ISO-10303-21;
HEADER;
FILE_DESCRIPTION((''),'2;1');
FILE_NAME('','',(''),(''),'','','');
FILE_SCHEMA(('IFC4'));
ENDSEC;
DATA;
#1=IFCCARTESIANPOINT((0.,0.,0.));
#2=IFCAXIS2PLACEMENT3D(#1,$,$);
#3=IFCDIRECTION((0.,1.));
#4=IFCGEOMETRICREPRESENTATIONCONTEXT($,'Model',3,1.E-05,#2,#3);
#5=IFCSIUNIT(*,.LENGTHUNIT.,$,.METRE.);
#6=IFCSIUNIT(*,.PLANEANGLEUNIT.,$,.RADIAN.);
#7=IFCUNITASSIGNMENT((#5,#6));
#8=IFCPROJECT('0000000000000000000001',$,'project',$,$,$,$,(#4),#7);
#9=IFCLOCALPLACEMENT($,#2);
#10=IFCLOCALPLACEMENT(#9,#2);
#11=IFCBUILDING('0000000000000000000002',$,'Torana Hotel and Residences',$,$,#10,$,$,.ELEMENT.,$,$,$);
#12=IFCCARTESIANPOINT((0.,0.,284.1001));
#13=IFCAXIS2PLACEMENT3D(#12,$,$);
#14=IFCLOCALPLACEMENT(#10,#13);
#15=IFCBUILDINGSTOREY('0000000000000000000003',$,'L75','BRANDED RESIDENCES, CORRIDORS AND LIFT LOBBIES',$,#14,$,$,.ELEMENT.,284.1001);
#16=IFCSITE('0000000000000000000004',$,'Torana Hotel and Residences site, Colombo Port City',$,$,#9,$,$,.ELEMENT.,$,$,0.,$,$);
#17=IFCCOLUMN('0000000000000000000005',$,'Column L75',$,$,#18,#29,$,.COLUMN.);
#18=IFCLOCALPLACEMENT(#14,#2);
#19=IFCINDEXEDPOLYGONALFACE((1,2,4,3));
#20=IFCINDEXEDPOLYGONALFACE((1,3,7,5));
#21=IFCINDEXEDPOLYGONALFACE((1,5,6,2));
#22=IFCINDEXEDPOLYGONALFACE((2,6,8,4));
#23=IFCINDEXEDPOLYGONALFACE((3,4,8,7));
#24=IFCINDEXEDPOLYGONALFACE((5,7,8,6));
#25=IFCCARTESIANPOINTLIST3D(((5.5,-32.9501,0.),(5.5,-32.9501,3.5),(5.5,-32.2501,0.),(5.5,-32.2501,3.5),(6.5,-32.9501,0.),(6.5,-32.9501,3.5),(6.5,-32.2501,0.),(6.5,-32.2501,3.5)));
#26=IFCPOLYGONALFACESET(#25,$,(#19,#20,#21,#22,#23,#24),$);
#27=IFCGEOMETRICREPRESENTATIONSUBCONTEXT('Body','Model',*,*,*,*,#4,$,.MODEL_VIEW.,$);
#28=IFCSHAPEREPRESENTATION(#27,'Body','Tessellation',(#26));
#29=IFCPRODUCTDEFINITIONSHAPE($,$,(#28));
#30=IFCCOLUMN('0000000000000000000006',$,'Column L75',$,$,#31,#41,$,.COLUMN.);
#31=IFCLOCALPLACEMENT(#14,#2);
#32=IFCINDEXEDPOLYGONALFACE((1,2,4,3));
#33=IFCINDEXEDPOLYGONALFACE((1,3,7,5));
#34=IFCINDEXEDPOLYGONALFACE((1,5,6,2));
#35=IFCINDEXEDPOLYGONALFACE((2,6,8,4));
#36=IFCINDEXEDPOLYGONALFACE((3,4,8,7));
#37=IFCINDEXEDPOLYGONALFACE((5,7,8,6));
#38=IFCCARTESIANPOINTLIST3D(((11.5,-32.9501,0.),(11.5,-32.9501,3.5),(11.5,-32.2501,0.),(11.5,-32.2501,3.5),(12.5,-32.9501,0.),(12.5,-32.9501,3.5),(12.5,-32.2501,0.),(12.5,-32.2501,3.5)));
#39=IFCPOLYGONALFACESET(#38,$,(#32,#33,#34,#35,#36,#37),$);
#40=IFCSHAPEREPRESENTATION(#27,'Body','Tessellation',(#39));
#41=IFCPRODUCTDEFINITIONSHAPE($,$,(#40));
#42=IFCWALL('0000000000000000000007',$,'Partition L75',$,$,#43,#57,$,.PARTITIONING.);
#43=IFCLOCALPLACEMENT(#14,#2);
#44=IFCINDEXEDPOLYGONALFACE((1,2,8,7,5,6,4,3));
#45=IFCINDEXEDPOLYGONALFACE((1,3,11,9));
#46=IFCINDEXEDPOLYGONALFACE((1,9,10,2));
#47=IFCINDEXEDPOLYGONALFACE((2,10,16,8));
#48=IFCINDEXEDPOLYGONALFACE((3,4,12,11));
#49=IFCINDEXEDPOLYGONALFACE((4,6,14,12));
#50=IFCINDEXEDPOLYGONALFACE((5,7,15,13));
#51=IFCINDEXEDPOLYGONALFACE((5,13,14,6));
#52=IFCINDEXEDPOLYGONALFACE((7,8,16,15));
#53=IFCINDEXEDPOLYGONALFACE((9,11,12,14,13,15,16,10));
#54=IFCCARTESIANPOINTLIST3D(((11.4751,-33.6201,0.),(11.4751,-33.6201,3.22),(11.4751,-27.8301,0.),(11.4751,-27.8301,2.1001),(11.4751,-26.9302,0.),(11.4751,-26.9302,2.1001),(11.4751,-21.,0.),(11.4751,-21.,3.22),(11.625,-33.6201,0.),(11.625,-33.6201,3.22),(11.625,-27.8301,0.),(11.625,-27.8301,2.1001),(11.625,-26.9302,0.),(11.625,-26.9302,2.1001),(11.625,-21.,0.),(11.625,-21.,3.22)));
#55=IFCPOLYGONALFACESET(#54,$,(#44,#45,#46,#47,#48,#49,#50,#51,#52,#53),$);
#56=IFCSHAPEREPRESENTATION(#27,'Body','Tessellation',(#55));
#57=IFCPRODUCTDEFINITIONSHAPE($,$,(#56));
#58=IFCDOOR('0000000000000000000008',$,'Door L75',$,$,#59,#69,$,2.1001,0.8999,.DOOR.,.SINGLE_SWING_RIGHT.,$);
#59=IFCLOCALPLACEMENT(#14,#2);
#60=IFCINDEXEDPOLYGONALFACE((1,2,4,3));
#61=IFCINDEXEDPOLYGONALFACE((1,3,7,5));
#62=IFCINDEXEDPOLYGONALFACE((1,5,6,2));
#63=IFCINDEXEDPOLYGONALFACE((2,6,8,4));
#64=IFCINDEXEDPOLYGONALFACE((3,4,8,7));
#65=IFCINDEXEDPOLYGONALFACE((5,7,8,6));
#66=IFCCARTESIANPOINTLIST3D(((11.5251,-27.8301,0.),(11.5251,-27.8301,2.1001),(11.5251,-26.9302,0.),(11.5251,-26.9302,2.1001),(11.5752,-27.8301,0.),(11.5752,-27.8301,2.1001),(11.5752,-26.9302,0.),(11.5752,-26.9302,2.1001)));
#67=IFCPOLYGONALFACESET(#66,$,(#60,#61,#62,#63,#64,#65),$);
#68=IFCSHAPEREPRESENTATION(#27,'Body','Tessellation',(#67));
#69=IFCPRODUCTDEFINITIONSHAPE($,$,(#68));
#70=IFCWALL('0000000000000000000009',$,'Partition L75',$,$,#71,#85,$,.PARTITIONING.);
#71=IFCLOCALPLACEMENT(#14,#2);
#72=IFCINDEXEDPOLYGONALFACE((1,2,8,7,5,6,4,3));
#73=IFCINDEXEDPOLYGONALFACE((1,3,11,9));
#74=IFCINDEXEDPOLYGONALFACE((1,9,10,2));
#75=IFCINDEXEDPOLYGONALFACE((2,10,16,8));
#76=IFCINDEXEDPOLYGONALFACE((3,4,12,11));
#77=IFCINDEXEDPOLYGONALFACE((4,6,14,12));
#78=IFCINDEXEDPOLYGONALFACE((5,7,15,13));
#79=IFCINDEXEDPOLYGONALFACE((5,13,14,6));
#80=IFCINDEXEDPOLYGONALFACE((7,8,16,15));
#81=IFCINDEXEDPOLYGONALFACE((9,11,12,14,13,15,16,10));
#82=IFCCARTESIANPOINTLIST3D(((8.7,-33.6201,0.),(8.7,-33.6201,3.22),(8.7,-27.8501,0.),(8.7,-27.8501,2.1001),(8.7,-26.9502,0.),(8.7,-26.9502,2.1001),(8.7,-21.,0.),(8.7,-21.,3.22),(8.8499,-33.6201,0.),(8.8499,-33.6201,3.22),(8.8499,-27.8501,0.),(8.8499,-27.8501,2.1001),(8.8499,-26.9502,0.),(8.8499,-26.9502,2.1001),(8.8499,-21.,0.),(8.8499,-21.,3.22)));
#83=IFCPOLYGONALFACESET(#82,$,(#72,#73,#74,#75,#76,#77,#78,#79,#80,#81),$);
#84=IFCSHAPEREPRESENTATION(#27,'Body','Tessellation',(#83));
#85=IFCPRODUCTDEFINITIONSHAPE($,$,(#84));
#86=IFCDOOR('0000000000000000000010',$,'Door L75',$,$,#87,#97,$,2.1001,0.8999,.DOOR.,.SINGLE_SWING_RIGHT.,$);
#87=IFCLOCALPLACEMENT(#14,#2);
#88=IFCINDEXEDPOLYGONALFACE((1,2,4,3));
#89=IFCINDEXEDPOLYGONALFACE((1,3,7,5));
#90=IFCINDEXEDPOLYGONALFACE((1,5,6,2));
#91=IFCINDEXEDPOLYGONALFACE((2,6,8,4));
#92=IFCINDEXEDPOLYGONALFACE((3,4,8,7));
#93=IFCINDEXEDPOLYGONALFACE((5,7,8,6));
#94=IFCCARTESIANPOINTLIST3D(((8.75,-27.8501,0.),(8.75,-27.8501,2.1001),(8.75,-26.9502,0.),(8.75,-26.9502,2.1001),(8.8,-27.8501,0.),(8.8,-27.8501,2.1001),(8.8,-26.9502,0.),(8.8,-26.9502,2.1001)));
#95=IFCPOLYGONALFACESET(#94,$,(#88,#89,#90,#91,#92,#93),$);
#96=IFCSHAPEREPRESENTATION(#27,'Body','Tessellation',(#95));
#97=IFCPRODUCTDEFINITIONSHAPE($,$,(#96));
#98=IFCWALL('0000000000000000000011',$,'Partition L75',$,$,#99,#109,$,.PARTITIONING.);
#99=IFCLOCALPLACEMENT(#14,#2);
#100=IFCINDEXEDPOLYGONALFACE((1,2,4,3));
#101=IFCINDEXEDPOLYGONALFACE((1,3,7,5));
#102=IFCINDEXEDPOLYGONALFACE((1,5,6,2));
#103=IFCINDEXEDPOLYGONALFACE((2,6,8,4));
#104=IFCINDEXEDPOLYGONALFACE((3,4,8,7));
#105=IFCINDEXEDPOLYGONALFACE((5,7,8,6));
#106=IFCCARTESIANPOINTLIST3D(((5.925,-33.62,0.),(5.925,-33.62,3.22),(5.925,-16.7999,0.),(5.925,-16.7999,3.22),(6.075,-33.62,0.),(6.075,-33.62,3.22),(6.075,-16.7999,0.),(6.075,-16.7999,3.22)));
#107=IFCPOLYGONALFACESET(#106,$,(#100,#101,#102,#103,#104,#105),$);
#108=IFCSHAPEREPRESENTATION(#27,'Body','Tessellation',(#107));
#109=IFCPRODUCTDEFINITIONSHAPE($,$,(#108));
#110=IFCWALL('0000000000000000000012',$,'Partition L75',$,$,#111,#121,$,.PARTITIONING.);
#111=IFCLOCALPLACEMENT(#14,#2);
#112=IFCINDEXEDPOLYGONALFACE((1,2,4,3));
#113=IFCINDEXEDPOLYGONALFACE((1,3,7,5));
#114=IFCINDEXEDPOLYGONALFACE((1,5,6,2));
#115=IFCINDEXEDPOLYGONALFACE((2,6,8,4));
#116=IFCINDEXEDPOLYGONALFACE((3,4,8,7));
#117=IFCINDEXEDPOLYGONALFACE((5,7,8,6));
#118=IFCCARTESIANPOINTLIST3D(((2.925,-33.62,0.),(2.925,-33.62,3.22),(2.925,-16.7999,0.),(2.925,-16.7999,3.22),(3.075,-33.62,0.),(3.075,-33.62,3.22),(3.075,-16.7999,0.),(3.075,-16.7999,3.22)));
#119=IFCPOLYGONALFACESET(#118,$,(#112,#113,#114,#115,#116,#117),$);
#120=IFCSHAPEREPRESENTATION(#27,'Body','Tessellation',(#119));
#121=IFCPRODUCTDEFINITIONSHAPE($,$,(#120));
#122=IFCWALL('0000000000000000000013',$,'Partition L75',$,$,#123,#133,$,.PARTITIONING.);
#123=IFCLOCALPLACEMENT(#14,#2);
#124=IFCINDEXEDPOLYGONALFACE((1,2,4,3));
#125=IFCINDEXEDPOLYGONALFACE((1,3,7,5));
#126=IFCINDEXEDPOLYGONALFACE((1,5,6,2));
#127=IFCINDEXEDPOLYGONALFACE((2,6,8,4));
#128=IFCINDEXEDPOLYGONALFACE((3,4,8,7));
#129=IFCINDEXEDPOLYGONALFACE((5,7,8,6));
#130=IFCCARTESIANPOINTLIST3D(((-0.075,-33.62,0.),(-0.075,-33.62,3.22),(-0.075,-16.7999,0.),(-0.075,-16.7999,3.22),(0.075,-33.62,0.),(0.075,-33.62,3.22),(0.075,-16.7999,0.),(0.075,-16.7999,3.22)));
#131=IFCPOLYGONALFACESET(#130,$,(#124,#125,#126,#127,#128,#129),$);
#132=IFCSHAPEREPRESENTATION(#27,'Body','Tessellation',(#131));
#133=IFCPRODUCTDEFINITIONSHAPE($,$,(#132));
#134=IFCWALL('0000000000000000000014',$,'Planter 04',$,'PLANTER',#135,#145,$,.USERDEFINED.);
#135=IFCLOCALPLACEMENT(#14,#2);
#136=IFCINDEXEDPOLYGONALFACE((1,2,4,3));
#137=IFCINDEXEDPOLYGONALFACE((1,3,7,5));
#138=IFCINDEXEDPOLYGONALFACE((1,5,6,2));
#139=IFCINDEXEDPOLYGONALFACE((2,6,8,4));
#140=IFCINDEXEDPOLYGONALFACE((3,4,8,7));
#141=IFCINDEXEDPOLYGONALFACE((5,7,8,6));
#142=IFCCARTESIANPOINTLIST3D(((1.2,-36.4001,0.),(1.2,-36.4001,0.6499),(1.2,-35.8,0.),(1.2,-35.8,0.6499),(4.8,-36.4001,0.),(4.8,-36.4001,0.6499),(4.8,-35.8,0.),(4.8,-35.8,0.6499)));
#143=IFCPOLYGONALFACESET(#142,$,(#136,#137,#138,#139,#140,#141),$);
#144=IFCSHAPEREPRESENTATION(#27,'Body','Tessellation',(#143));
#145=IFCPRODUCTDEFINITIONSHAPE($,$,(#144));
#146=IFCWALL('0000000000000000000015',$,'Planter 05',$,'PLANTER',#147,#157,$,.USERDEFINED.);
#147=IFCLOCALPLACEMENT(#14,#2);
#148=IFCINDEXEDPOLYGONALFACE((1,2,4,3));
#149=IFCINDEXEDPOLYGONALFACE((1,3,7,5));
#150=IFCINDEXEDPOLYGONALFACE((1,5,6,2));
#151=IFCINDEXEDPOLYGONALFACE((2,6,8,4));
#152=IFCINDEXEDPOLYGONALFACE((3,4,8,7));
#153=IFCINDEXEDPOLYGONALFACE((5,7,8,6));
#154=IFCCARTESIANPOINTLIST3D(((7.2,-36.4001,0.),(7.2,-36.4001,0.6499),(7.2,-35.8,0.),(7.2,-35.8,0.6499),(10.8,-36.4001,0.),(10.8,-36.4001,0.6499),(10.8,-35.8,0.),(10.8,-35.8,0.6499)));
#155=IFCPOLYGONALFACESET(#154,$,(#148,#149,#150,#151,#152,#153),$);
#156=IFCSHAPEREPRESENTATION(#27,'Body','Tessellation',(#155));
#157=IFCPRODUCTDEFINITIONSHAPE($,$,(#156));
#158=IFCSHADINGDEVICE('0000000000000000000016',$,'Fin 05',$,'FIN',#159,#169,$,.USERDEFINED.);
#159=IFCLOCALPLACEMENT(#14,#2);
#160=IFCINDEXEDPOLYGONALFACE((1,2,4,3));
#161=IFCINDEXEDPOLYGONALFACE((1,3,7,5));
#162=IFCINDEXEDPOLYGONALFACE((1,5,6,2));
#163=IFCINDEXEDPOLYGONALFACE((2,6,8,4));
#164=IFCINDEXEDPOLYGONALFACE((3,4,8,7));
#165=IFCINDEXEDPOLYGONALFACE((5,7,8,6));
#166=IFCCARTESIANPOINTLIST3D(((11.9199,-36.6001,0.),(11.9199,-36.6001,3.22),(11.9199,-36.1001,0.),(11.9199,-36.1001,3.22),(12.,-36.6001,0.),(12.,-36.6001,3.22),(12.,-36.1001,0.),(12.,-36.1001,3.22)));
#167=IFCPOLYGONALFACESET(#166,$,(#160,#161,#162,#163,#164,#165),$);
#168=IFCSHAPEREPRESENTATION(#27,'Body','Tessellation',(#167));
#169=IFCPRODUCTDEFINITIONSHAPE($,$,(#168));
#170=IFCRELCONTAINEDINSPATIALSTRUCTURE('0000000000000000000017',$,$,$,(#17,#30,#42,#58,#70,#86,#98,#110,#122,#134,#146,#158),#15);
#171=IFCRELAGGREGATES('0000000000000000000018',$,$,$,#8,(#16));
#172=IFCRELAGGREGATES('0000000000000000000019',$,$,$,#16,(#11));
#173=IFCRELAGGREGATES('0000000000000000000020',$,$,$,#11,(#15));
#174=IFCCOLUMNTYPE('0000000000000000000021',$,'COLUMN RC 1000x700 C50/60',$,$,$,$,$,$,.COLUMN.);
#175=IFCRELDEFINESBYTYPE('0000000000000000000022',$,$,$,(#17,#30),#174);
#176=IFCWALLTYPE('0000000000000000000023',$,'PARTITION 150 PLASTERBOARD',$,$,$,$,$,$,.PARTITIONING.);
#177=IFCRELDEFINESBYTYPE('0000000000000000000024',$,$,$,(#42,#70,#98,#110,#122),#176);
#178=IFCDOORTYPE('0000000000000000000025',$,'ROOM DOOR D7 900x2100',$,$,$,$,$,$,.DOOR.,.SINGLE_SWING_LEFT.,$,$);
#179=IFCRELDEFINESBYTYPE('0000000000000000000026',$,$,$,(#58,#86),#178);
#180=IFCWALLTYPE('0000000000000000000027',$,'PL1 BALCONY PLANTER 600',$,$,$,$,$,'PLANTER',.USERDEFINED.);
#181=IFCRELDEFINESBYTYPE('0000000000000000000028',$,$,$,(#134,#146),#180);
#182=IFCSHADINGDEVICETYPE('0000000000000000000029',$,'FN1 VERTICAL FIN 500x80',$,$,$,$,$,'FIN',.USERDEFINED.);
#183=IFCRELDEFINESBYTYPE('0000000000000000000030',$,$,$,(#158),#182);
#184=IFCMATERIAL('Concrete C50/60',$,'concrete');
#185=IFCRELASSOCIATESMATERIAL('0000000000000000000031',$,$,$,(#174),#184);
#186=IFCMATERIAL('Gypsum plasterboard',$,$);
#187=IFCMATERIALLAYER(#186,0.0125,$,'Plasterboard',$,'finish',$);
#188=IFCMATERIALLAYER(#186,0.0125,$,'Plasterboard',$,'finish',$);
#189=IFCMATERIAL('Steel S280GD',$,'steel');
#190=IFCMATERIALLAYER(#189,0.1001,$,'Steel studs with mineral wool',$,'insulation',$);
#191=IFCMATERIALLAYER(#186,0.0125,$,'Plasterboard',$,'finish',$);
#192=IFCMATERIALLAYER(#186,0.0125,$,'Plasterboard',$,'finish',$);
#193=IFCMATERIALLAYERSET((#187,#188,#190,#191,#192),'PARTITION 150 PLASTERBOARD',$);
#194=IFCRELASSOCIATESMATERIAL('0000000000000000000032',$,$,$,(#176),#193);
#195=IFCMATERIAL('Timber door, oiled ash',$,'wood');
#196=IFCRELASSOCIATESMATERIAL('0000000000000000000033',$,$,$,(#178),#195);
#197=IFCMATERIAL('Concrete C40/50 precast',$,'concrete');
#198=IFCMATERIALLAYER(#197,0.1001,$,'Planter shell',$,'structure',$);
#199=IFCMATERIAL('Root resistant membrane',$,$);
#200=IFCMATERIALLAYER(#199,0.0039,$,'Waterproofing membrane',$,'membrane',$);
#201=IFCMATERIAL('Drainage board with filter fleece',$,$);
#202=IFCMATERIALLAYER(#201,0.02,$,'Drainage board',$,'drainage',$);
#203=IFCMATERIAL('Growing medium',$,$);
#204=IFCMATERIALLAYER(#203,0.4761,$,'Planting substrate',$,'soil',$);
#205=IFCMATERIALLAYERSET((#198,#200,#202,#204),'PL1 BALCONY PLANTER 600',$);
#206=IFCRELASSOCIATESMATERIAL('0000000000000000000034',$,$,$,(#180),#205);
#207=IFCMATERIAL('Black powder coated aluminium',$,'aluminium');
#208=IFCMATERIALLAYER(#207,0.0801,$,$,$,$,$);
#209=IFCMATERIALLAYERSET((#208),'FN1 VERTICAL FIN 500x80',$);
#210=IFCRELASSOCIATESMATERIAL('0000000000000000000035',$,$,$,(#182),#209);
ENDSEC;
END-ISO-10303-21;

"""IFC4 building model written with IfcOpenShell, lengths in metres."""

from ifc_helpers import new_model, si_unit, direction, frame, frame_2d, origin, origin_2d, place, context, subcontext, project, spatial, rectangle, extrude, material, layer, layer_set, material_profile, profile_set, type_object, element, fill, save


model = new_model("IFC4")

# Units and contexts
model_context = context("Model", 3, precision=1e-05, world=origin(), true_north=direction((0.0, 1.0)))
body_context = subcontext(model_context, "Body", "Model", "MODEL_VIEW")
ifc_project = project(units=[si_unit("LENGTHUNIT", "METRE"), si_unit("PLANEANGLEUNIT", "RADIAN")], contexts=[model_context])

# Site, building, storey
site_placement = place(None, origin())
site = spatial("IfcSite", under=ifc_project, at=site_placement, Name="Torana Hotel and Residences site, Colombo Port City", CompositionType="ELEMENT", RefElevation=0.0)
building_placement = place(site_placement, origin())
building = spatial("IfcBuilding", under=site, at=building_placement, Name="Torana Hotel and Residences", CompositionType="ELEMENT")
storey_placement = place(building_placement, frame((0.0, 0.0, 284.1001)))
storey = spatial("IfcBuildingStorey", under=building, at=storey_placement, Name="L75", Description="BRANDED RESIDENCES, CORRIDORS AND LIFT LOBBIES", CompositionType="ELEMENT", Elevation=284.1001)

# Columns
ifc_material_1 = material(Name="Concrete C50/60", Category="concrete")
ifc_material_profile = material_profile(ifc_material_1, rectangle(XDim=1.0, YDim=0.7, at=origin_2d()), Name="RC 1000x700")
ifc_profile_set = profile_set([ifc_material_profile], Name="Concrete C50/60")
column_type = type_object("IfcColumnType", Name="COLUMN RC 1000x700 C50/60", PredefinedType="COLUMN", material=ifc_profile_set)
for number, where, z_axis, x_axis, name in (
    (1, (6.0, -32.6001, 0.0), (0.0, 0.0, 1.0), (1.0, 0.0, 0.0), "Column L75"),
    (2, (12.0, -32.6001, 0.0), (0.0, 0.0, 1.0), (1.0, 0.0, 0.0), "Column L75"),
):
    element("IfcColumn", number, at=place(storey_placement, frame(where, z_axis=z_axis, x_axis=x_axis)), inside=storey, type_object=column_type, Name=name, PredefinedType="COLUMN", context=body_context, shape_type="SweptSolid", body=[
        extrude(rectangle(XDim=1.0, YDim=0.7, at=origin_2d()), origin(), (0.0, 0.0, 1.0), 3.5),
    ])

# Walls, openings, doors
ifc_material_2 = material(Name="Gypsum plasterboard")
ifc_layer_1 = layer(ifc_material_2, 0.0125, Name="Plasterboard", Category="finish")
ifc_layer_2 = layer(ifc_material_2, 0.0125, Name="Plasterboard", Category="finish")
ifc_material_3 = material(Name="Steel S280GD", Category="steel")
ifc_layer_3 = layer(ifc_material_3, 0.1001, Name="Steel studs with mineral wool", Category="insulation")
ifc_layer_4 = layer(ifc_material_2, 0.0125, Name="Plasterboard", Category="finish")
ifc_layer_5 = layer(ifc_material_2, 0.0125, Name="Plasterboard", Category="finish")
ifc_layer_set_1 = layer_set([ifc_layer_1, ifc_layer_2, ifc_layer_3, ifc_layer_4, ifc_layer_5], Name="PARTITION 150 PLASTERBOARD")
wall_type_1 = type_object("IfcWallType", Name="PARTITION 150 PLASTERBOARD", PredefinedType="PARTITIONING", material=ifc_layer_set_1)
wall_1_placement = place(storey_placement, frame((11.55, -33.6201, 0.0), z_axis=(0.0, 0.0, 1.0), x_axis=(0.0, 1.0, 0.0)))
wall_1 = element("IfcWall", 3, at=wall_1_placement, inside=storey, type_object=wall_type_1, Name="Partition L75", PredefinedType="PARTITIONING", context=body_context, shape_type="SweptSolid", body=[
    extrude(rectangle(XDim=12.6201, YDim=0.1499, at=frame_2d((6.3101, 0.0))), origin(), (0.0, 0.0, 1.0), 3.22),
])
opening_1_placement = place(wall_1_placement, frame((5.79, 0.0, 0.0)))
opening_1 = element("IfcOpeningElement", 4, at=opening_1_placement, cuts=wall_1, PredefinedType="OPENING", context=body_context, shape_type="SweptSolid", body=[
    extrude(rectangle(XDim=0.8999, YDim=2.1001, at=frame_2d((0.45, 1.05))), frame((0.0, 0.085, 0.0), z_axis=(0.0, -1.0, 0.0), x_axis=(1.0, 0.0, 0.0)), (0.0, 0.0, 1.0), 0.1699),
])
ifc_material_4 = material(Name="Timber door, oiled ash", Category="wood")
door_type = type_object("IfcDoorType", Name="ROOM DOOR D7 900x2100", OperationType="SINGLE_SWING_LEFT", PredefinedType="DOOR", material=ifc_material_4)
door_1_placement = place(opening_1_placement, origin())
door_1 = element("IfcDoor", 5, at=door_1_placement, inside=storey, type_object=door_type, Name="Door L75", OperationType="SINGLE_SWING_RIGHT", OverallHeight=2.1001, OverallWidth=0.8999, PredefinedType="DOOR", context=body_context, shape_type="SweptSolid", body=[
    extrude(rectangle(XDim=0.8999, YDim=2.1001, at=frame_2d((0.45, 1.05))), frame((0.0, 0.0249, 0.0), z_axis=(0.0, -1.0, 0.0), x_axis=(1.0, 0.0, 0.0)), (0.0, 0.0, 1.0), 0.05),
])
fill(opening_1, door_1)
wall_2_placement = place(storey_placement, frame((8.7749, -33.6201, 0.0), z_axis=(0.0, 0.0, 1.0), x_axis=(0.0, 1.0, 0.0)))
wall_2 = element("IfcWall", 6, at=wall_2_placement, inside=storey, type_object=wall_type_1, Name="Partition L75", PredefinedType="PARTITIONING", context=body_context, shape_type="SweptSolid", body=[
    extrude(rectangle(XDim=12.6201, YDim=0.1499, at=frame_2d((6.3101, 0.0))), origin(), (0.0, 0.0, 1.0), 3.22),
])
opening_2_placement = place(wall_2_placement, frame((5.77, 0.0, 0.0)))
opening_2 = element("IfcOpeningElement", 7, at=opening_2_placement, cuts=wall_2, PredefinedType="OPENING", context=body_context, shape_type="SweptSolid", body=[
    extrude(rectangle(XDim=0.8999, YDim=2.1001, at=frame_2d((0.45, 1.05))), frame((0.0, 0.085, 0.0), z_axis=(0.0, -1.0, 0.0), x_axis=(1.0, 0.0, 0.0)), (0.0, 0.0, 1.0), 0.1699),
])
door_2_placement = place(opening_2_placement, origin())
door_2 = element("IfcDoor", 8, at=door_2_placement, inside=storey, type_object=door_type, Name="Door L75", OperationType="SINGLE_SWING_RIGHT", OverallHeight=2.1001, OverallWidth=0.8999, PredefinedType="DOOR", context=body_context, shape_type="SweptSolid", body=[
    extrude(rectangle(XDim=0.8999, YDim=2.1001, at=frame_2d((0.45, 1.05))), frame((0.0, 0.0249, 0.0), z_axis=(0.0, -1.0, 0.0), x_axis=(1.0, 0.0, 0.0)), (0.0, 0.0, 1.0), 0.05),
])
fill(opening_2, door_2)

# Walls
for number, where, z_axis, x_axis, name in (
    (9, (6.0, -33.6201, 0.0), (0.0, 0.0, 1.0), (0.0, 1.0, 0.0), "Partition L75"),
    (10, (3.0, -33.6201, 0.0), (0.0, 0.0, 1.0), (0.0, 1.0, 0.0), "Partition L75"),
    (11, (0.0, -33.6201, 0.0), (0.0, 0.0, 1.0), (0.0, 1.0, 0.0), "Partition L75"),
):
    element("IfcWall", number, at=place(storey_placement, frame(where, z_axis=z_axis, x_axis=x_axis)), inside=storey, type_object=wall_type_1, Name=name, PredefinedType="PARTITIONING", context=body_context, shape_type="SweptSolid", body=[
        extrude(rectangle(XDim=16.8201, YDim=0.1499, at=frame_2d((8.4102, 0.0))), origin(), (0.0, 0.0, 1.0), 3.22),
    ])
ifc_material_5 = material(Name="Concrete C40/50 precast", Category="concrete")
ifc_layer_6 = layer(ifc_material_5, 0.1001, Name="Planter shell", Category="structure")
ifc_material_6 = material(Name="Root resistant membrane")
ifc_layer_7 = layer(ifc_material_6, 0.0039, Name="Waterproofing membrane", Category="membrane")
ifc_material_7 = material(Name="Drainage board with filter fleece")
ifc_layer_8 = layer(ifc_material_7, 0.02, Name="Drainage board", Category="drainage")
ifc_material_8 = material(Name="Growing medium")
ifc_layer_9 = layer(ifc_material_8, 0.4761, Name="Planting substrate", Category="soil")
ifc_layer_set_2 = layer_set([ifc_layer_6, ifc_layer_7, ifc_layer_8, ifc_layer_9], Name="PL1 BALCONY PLANTER 600")
wall_type_2 = type_object("IfcWallType", Name="PL1 BALCONY PLANTER 600", ElementType="PLANTER", PredefinedType="USERDEFINED", material=ifc_layer_set_2)
for number, where, z_axis, x_axis, name in (
    (12, (4.8, -36.1001, 0.0), (0.0, 0.0, 1.0), (-1.0, 0.0, 0.0), "Planter 04"),
    (13, (10.8, -36.1001, 0.0), (0.0, 0.0, 1.0), (-1.0, 0.0, 0.0), "Planter 05"),
):
    element("IfcWall", number, at=place(storey_placement, frame(where, z_axis=z_axis, x_axis=x_axis)), inside=storey, type_object=wall_type_2, Name=name, ObjectType="PLANTER", PredefinedType="USERDEFINED", context=body_context, shape_type="SweptSolid", body=[
        extrude(rectangle(XDim=3.6001, YDim=0.6001, at=frame_2d((1.8, 0.0))), origin(), (0.0, 0.0, 1.0), 0.6499),
    ])

# Shading device
ifc_material_9 = material(Name="Black powder coated aluminium", Category="aluminium")
ifc_layer_10 = layer(ifc_material_9, 0.0801)
ifc_layer_set_3 = layer_set([ifc_layer_10], Name="FN1 VERTICAL FIN 500x80")
shading_device_type = type_object("IfcShadingDeviceType", Name="FN1 VERTICAL FIN 500x80", ElementType="FIN", PredefinedType="USERDEFINED", material=ifc_layer_set_3)
shading_device_placement = place(storey_placement, frame((11.96, -36.3501, 0.0), z_axis=(0.0, 0.0, 1.0), x_axis=(-1.0, 0.0, 0.0)))
element("IfcShadingDevice", 14, at=shading_device_placement, inside=storey, type_object=shading_device_type, Name="Fin 05", ObjectType="FIN", PredefinedType="USERDEFINED", context=body_context, shape_type="SweptSolid", body=[
    extrude(rectangle(XDim=0.0801, YDim=0.5, at=origin_2d()), origin(), (0.0, 0.0, 1.0), 3.22),
])

save(model, "model.ifc")
